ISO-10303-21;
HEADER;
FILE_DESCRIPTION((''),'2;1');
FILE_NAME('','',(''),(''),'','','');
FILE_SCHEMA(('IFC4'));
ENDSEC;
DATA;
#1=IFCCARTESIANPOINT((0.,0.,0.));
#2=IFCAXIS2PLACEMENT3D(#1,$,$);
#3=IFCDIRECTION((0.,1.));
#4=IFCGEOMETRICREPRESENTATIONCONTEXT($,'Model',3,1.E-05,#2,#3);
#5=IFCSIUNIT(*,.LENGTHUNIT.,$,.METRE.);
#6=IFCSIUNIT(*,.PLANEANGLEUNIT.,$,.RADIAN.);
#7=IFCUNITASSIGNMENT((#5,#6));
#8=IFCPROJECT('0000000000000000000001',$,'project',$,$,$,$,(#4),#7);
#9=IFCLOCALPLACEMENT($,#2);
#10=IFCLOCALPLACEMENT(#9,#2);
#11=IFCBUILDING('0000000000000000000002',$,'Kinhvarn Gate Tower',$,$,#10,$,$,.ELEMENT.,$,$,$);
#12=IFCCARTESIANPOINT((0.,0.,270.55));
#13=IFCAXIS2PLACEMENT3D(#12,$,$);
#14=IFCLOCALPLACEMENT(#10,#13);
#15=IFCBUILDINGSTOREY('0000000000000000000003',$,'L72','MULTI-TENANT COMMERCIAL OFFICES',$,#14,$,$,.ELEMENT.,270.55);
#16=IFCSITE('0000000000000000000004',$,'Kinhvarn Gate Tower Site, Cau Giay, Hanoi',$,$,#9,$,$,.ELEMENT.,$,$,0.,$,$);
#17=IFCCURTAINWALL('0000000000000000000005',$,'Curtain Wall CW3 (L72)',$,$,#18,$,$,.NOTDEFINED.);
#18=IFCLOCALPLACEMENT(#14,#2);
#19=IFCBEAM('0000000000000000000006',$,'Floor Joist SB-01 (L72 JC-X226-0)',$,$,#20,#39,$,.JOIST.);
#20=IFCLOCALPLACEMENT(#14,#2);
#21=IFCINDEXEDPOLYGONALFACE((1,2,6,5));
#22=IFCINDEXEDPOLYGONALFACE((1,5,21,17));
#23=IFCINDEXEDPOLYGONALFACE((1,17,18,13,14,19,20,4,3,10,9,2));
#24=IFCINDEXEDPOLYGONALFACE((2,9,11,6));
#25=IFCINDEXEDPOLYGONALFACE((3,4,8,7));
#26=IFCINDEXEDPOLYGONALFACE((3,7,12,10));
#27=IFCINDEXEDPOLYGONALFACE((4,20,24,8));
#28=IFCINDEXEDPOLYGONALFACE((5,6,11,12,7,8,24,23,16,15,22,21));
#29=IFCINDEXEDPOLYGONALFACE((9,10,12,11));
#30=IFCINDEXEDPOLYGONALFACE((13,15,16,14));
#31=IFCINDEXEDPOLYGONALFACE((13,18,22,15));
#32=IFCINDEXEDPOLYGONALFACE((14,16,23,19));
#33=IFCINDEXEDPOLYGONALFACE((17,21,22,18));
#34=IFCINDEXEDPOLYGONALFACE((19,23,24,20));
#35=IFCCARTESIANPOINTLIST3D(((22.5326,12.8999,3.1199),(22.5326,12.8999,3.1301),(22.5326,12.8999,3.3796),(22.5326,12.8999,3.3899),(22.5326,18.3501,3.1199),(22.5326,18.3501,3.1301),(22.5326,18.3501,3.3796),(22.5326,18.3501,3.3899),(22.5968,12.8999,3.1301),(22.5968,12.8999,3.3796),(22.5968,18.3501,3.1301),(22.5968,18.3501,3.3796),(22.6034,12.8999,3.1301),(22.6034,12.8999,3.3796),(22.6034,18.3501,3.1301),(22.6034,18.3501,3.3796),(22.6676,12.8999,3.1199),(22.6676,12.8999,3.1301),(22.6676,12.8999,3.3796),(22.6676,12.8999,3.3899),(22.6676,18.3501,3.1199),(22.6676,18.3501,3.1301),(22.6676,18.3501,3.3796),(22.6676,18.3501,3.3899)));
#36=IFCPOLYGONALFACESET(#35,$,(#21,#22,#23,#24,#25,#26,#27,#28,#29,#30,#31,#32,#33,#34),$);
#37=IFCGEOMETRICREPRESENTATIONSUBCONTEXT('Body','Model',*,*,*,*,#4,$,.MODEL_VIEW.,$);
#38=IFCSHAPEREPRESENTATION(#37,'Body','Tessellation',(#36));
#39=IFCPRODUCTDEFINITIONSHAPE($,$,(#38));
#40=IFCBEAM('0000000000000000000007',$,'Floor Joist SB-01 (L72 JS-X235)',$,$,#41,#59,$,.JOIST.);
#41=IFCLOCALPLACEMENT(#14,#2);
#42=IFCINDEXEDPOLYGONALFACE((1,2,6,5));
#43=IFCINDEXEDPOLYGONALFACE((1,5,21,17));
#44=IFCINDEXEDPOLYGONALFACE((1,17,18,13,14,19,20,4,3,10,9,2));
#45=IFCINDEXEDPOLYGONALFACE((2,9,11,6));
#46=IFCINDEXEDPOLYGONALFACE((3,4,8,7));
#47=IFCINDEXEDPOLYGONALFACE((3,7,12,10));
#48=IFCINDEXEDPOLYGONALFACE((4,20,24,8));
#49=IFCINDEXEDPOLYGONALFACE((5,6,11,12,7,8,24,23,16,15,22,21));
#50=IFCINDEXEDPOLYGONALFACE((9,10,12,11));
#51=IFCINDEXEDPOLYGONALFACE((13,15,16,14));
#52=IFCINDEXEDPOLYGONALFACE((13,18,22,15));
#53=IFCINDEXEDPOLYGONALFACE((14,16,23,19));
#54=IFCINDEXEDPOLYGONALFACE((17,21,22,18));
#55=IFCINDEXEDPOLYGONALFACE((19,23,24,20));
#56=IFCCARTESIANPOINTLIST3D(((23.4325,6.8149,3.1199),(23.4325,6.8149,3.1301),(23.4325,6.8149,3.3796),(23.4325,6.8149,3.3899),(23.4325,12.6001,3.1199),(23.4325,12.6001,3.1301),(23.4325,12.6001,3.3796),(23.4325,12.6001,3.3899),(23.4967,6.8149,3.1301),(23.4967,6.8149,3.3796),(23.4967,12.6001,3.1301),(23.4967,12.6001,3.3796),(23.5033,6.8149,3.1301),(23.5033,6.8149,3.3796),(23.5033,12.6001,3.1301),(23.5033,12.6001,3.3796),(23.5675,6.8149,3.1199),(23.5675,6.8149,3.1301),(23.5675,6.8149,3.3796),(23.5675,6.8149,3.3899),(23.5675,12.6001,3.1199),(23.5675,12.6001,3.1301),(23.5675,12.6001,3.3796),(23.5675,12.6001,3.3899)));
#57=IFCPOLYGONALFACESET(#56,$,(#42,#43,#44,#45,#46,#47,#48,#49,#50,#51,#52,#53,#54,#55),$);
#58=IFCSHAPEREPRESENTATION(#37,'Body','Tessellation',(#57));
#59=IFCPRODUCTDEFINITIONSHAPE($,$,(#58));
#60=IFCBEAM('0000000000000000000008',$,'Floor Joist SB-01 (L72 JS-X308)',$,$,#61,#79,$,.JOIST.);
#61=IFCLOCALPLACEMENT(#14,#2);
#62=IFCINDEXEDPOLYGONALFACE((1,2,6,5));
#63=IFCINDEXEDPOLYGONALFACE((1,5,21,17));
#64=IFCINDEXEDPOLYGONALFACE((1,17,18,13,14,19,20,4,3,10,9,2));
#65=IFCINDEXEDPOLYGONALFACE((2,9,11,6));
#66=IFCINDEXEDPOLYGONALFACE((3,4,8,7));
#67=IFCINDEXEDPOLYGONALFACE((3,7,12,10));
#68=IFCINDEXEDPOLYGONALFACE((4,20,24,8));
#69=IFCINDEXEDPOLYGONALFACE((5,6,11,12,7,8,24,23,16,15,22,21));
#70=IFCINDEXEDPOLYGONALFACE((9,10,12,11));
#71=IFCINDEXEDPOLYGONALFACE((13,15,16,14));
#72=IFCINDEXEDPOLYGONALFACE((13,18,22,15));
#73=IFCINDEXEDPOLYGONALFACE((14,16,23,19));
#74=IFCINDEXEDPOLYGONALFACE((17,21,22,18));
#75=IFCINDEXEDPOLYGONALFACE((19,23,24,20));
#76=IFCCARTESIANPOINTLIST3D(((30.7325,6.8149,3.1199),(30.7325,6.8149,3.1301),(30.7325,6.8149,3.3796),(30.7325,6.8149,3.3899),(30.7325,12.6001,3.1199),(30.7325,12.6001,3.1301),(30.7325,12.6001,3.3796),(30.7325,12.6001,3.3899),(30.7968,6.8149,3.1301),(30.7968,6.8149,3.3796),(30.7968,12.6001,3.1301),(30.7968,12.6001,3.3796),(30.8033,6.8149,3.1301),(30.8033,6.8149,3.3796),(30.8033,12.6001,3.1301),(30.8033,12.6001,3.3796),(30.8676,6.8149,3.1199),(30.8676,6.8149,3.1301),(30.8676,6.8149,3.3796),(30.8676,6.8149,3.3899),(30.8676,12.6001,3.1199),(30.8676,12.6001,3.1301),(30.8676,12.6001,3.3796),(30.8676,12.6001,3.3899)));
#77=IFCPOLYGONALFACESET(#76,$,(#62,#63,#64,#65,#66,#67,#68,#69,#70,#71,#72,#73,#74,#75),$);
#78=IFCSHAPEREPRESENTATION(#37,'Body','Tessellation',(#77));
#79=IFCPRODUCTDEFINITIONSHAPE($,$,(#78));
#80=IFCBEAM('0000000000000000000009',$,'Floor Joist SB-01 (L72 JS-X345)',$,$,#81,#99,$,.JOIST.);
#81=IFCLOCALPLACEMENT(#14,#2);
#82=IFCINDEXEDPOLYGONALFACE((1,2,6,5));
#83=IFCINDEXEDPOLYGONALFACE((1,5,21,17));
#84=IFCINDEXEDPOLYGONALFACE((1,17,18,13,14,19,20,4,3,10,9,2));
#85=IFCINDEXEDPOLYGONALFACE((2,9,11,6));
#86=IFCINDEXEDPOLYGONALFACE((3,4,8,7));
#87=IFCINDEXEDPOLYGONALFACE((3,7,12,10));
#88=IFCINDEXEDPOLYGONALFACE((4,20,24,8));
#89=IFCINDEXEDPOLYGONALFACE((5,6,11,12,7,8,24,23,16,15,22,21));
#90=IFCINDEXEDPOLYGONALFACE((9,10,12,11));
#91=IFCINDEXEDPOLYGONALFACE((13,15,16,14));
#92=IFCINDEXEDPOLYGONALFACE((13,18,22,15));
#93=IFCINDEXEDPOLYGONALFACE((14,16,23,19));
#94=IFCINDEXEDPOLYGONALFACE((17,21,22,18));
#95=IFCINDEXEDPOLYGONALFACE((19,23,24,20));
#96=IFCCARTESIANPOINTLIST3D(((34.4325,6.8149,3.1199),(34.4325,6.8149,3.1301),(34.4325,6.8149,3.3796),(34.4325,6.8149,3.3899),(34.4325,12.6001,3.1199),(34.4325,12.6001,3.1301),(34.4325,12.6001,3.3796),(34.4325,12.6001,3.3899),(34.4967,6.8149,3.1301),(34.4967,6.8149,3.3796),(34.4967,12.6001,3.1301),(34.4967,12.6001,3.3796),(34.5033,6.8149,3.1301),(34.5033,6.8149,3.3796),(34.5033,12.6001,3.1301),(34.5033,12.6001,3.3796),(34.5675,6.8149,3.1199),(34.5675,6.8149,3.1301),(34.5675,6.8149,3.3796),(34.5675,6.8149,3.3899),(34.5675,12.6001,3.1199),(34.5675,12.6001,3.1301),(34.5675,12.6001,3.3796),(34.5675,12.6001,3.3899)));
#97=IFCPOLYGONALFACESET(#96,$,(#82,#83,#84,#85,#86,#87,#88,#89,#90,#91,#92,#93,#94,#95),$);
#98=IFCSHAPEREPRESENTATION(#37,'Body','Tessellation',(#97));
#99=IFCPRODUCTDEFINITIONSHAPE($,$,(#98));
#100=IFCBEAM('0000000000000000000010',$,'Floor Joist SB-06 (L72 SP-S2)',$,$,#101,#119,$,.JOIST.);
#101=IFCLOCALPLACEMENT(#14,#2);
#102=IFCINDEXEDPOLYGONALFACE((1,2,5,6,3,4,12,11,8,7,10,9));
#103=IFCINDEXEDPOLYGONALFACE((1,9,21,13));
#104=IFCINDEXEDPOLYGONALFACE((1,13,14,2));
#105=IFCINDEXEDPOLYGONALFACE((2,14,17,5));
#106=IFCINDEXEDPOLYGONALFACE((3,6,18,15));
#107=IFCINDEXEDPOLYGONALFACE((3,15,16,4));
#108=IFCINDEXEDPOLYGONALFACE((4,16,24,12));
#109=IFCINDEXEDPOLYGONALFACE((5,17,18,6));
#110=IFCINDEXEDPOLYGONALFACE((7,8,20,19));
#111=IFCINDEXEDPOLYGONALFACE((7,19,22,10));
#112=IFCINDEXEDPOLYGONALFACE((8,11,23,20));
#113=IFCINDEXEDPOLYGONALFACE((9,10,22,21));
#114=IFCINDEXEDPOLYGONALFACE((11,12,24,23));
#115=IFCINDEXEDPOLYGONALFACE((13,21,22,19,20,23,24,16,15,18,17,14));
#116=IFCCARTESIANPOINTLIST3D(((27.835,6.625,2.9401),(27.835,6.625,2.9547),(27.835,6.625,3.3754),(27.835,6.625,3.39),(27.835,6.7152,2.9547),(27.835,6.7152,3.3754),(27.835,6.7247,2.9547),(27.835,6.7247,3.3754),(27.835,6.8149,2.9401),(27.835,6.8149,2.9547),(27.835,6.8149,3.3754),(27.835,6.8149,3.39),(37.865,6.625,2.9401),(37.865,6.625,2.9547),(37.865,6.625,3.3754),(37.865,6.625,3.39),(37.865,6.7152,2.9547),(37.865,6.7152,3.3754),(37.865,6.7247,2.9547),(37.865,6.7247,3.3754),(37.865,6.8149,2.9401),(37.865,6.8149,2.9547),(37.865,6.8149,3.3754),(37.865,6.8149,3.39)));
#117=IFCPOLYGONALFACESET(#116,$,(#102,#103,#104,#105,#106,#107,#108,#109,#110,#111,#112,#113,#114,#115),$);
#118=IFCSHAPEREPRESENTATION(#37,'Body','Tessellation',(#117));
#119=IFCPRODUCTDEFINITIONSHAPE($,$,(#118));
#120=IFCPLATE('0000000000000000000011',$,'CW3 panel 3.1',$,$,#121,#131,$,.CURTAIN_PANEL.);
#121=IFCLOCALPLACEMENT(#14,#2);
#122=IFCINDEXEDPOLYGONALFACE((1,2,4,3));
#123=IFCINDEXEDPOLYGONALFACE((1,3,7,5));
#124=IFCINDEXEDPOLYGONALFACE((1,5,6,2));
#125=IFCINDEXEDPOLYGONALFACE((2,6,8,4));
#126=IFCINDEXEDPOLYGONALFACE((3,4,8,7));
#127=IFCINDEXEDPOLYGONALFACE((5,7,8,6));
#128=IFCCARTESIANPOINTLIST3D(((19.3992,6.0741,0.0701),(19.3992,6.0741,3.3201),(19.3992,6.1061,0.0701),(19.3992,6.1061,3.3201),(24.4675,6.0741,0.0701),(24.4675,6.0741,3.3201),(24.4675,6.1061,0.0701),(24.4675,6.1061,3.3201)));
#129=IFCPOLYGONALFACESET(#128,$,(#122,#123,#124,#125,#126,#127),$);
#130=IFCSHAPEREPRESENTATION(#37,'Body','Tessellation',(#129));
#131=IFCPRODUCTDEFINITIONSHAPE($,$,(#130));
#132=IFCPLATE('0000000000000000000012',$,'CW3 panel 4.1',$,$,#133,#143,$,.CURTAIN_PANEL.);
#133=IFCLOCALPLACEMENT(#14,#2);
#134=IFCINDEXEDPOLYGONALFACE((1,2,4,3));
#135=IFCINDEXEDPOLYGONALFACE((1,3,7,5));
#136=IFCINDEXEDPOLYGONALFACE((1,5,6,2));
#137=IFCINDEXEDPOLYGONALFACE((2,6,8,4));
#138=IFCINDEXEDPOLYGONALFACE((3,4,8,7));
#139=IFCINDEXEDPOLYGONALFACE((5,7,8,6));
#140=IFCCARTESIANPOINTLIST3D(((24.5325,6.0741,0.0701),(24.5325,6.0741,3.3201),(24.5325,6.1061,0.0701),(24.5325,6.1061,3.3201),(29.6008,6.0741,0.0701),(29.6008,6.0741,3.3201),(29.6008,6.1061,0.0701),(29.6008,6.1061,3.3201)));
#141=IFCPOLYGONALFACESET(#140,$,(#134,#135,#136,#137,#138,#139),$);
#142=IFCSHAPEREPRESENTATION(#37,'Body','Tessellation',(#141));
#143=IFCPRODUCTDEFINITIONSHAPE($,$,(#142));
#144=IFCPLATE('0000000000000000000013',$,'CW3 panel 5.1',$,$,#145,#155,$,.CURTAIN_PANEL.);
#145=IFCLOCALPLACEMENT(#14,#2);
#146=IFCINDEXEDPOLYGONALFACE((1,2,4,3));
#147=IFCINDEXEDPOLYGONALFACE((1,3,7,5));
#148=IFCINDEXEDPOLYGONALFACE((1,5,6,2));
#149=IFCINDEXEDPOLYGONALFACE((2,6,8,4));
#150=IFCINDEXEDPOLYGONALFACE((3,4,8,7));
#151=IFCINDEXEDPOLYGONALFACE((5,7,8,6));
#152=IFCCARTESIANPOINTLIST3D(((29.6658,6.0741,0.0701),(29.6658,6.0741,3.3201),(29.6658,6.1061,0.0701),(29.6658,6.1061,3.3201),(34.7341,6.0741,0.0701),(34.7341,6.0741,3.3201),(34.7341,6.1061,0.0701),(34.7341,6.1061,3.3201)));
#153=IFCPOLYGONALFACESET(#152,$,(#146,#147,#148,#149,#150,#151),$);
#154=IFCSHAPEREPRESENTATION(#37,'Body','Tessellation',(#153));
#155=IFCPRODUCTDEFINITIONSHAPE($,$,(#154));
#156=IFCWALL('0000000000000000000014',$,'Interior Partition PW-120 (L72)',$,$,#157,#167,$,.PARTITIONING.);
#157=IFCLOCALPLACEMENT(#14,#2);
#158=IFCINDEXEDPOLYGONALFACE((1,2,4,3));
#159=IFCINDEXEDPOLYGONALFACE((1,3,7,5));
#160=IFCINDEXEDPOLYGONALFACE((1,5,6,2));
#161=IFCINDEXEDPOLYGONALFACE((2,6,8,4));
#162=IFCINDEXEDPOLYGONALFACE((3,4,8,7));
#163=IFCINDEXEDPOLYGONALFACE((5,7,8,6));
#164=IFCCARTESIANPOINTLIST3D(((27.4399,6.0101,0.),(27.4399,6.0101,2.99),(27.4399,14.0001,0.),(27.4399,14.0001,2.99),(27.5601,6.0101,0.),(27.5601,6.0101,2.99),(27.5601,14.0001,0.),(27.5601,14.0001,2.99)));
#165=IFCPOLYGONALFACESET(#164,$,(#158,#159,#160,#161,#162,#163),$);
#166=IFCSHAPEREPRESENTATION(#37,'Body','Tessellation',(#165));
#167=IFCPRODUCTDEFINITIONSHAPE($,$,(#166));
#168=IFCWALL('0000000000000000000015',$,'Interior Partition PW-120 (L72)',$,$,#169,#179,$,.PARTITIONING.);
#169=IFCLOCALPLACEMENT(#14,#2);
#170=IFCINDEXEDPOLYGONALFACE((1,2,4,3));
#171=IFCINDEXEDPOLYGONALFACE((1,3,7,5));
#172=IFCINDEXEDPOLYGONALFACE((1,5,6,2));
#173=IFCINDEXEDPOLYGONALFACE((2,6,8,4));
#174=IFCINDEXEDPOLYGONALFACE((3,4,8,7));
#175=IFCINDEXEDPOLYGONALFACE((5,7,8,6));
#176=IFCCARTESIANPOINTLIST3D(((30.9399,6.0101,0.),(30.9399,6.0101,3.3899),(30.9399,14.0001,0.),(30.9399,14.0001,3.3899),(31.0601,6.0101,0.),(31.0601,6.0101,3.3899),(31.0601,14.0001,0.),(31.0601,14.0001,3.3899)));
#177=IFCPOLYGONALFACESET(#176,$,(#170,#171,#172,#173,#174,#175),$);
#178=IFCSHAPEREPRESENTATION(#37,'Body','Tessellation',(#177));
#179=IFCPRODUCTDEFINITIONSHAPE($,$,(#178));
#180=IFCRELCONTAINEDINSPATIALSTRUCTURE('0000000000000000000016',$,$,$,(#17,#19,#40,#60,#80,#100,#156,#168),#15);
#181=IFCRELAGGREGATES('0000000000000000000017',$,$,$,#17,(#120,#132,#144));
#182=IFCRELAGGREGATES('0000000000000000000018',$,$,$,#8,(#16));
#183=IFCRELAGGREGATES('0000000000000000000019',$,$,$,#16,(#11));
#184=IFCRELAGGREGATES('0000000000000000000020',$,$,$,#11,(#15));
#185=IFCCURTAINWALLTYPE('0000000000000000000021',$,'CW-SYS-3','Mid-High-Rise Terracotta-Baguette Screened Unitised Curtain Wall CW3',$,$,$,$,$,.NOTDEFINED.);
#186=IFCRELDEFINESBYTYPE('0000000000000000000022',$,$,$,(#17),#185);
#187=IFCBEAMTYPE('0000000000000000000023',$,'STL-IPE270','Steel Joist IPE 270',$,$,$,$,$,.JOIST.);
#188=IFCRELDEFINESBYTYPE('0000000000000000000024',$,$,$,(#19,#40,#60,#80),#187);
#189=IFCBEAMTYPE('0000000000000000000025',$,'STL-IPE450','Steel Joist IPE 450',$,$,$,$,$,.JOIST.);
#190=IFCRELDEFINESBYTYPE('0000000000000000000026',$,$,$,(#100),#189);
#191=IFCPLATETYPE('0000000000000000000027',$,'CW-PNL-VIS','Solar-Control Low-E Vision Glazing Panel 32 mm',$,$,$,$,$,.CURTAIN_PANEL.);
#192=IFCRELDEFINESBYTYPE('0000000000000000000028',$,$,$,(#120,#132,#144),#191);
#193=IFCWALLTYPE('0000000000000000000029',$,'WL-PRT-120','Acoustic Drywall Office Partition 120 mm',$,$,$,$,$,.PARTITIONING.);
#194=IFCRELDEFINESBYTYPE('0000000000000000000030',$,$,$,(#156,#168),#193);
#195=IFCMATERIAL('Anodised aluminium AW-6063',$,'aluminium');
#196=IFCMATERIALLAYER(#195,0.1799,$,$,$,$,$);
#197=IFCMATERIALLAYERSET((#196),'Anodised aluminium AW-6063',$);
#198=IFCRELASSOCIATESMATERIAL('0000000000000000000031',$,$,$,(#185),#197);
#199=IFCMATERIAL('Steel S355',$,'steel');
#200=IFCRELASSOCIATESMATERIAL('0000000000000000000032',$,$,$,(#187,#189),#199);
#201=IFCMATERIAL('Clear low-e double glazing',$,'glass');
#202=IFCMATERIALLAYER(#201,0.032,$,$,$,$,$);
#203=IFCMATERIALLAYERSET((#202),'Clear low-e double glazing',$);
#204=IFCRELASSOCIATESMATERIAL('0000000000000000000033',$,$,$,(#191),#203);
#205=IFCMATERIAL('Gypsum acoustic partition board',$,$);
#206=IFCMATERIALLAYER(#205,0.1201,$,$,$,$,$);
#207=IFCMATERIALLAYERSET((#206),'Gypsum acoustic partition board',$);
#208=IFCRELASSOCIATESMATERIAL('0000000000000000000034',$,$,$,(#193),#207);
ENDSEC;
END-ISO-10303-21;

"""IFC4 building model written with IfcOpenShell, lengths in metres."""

from ifc_helpers import new_model, si_unit, direction, frame, frame_2d, origin, origin_2d, place, context, subcontext, project, spatial, rectangle, i_section, extrude, material, layer, layer_set, material_profile, profile_set, type_object, element, aggregate, save


model = new_model("IFC4")

# Units and contexts
model_context = context("Model", 3, precision=1e-05, world=origin(), true_north=direction((0.0, 1.0)))
body_context = subcontext(model_context, "Body", "Model", "MODEL_VIEW")
ifc_project = project(units=[si_unit("LENGTHUNIT", "METRE"), si_unit("PLANEANGLEUNIT", "RADIAN")], contexts=[model_context])

# Site, building, storey
site_placement = place(None, origin())
site = spatial("IfcSite", under=ifc_project, at=site_placement, Name="Kinhvarn Gate Tower Site, Cau Giay, Hanoi", CompositionType="ELEMENT", RefElevation=0.0)
building_placement = place(site_placement, origin())
building = spatial("IfcBuilding", under=site, at=building_placement, Name="Kinhvarn Gate Tower", CompositionType="ELEMENT")
storey_placement = place(building_placement, frame((0.0, 0.0, 270.55)))
storey = spatial("IfcBuildingStorey", under=building, at=storey_placement, Name="L72", Description="MULTI-TENANT COMMERCIAL OFFICES", CompositionType="ELEMENT", Elevation=270.55)

# Curtain wall
ifc_material_1 = material(Name="Anodised aluminium AW-6063", Category="aluminium")
ifc_layer_1 = layer(ifc_material_1, 0.1799)
ifc_layer_set_1 = layer_set([ifc_layer_1], Name="Anodised aluminium AW-6063")
curtain_wall_type = type_object("IfcCurtainWallType", Name="CW-SYS-3", Description="Mid-High-Rise Terracotta-Baguette Screened Unitised Curtain Wall CW3", PredefinedType="NOTDEFINED", material=ifc_layer_set_1)
curtain_wall_placement = place(storey_placement, origin())
curtain_wall = element("IfcCurtainWall", 1, at=curtain_wall_placement, inside=storey, type_object=curtain_wall_type, Name="Curtain Wall CW3 (L72)", PredefinedType="NOTDEFINED")

# Beams
ifc_material_2 = material(Name="Steel S355", Category="steel")
ifc_material_profile_1 = material_profile(ifc_material_2, i_section(OverallWidth=0.135, OverallDepth=0.27, WebThickness=0.0066, FlangeThickness=0.0103, at=origin_2d()), Name="IPE 270")
ifc_profile_set_1 = profile_set([ifc_material_profile_1], Name="Steel S355")
beam_type_1 = type_object("IfcBeamType", Name="STL-IPE270", Description="Steel Joist IPE 270", PredefinedType="JOIST", material=ifc_profile_set_1)
for number, where, z_axis, x_axis, name in (
    (2, (22.6001, 12.8999, 3.2549), (0.0, 1.0, 0.0), (-1.0, 0.0, 0.0), "Floor Joist SB-01 (L72 JC-X226-0)"),
):
    element("IfcBeam", number, at=place(storey_placement, frame(where, z_axis=z_axis, x_axis=x_axis)), inside=storey, type_object=beam_type_1, Name=name, PredefinedType="JOIST", context=body_context, shape_type="SweptSolid", body=[
        extrude(i_section(OverallWidth=0.135, OverallDepth=0.27, WebThickness=0.0066, FlangeThickness=0.0103, at=origin_2d()), origin(), (0.0, 0.0, 1.0), 5.4502),
    ])
for number, where, z_axis, x_axis, name in (
    (3, (23.5, 6.8149, 3.2549), (0.0, 1.0, 0.0), (-1.0, 0.0, 0.0), "Floor Joist SB-01 (L72 JS-X235)"),
    (4, (30.8, 6.8149, 3.2549), (0.0, 1.0, 0.0), (-1.0, 0.0, 0.0), "Floor Joist SB-01 (L72 JS-X308)"),
    (5, (34.5, 6.8149, 3.2549), (0.0, 1.0, 0.0), (-1.0, 0.0, 0.0), "Floor Joist SB-01 (L72 JS-X345)"),
):
    element("IfcBeam", number, at=place(storey_placement, frame(where, z_axis=z_axis, x_axis=x_axis)), inside=storey, type_object=beam_type_1, Name=name, PredefinedType="JOIST", context=body_context, shape_type="SweptSolid", body=[
        extrude(i_section(OverallWidth=0.135, OverallDepth=0.27, WebThickness=0.0066, FlangeThickness=0.0103, at=origin_2d()), origin(), (0.0, 0.0, 1.0), 5.7852),
    ])
ifc_material_profile_2 = material_profile(ifc_material_2, i_section(OverallWidth=0.1899, OverallDepth=0.45, WebThickness=0.0095, FlangeThickness=0.0146, at=origin_2d()), Name="IPE 450")
ifc_profile_set_2 = profile_set([ifc_material_profile_2], Name="Steel S355")
beam_type_2 = type_object("IfcBeamType", Name="STL-IPE450", Description="Steel Joist IPE 450", PredefinedType="JOIST", material=ifc_profile_set_2)
beam_1_placement = place(storey_placement, frame((27.835, 6.72, 3.165), z_axis=(1.0, 0.0, 0.0), x_axis=(0.0, 1.0, 0.0)))
element("IfcBeam", 6, at=beam_1_placement, inside=storey, type_object=beam_type_2, Name="Floor Joist SB-06 (L72 SP-S2)", PredefinedType="JOIST", context=body_context, shape_type="SweptSolid", body=[
    extrude(i_section(OverallWidth=0.1899, OverallDepth=0.45, WebThickness=0.0095, FlangeThickness=0.0146, at=origin_2d()), origin(), (0.0, 0.0, 1.0), 10.03),
])

# Plates
ifc_material_3 = material(Name="Clear low-e double glazing", Category="glass")
ifc_layer_2 = layer(ifc_material_3, 0.032)
ifc_layer_set_2 = layer_set([ifc_layer_2], Name="Clear low-e double glazing")
plate_type = type_object("IfcPlateType", Name="CW-PNL-VIS", Description="Solar-Control Low-E Vision Glazing Panel 32 mm", PredefinedType="CURTAIN_PANEL", material=ifc_layer_set_2)
plate_1_placement = place(storey_placement, frame((21.9333, 6.0901, 0.0701), z_axis=(0.0, 0.0, 1.0), x_axis=(1.0, 0.0, 0.0)))
plate_1 = element("IfcPlate", 7, at=plate_1_placement, type_object=plate_type, Name="CW3 panel 3.1", PredefinedType="CURTAIN_PANEL", context=body_context, shape_type="SweptSolid", body=[
    extrude(rectangle(XDim=5.0684, YDim=0.032, at=origin_2d()), origin(), (0.0, 0.0, 1.0), 3.25),
])
plate_2_placement = place(storey_placement, frame((27.0667, 6.0901, 0.0701), z_axis=(0.0, 0.0, 1.0), x_axis=(1.0, 0.0, 0.0)))
plate_2 = element("IfcPlate", 8, at=plate_2_placement, type_object=plate_type, Name="CW3 panel 4.1", PredefinedType="CURTAIN_PANEL", context=body_context, shape_type="SweptSolid", body=[
    extrude(rectangle(XDim=5.0684, YDim=0.032, at=origin_2d()), origin(), (0.0, 0.0, 1.0), 3.25),
])
plate_3_placement = place(storey_placement, frame((32.2, 6.0901, 0.0701), z_axis=(0.0, 0.0, 1.0), x_axis=(1.0, 0.0, 0.0)))
plate_3 = element("IfcPlate", 9, at=plate_3_placement, type_object=plate_type, Name="CW3 panel 5.1", PredefinedType="CURTAIN_PANEL", context=body_context, shape_type="SweptSolid", body=[
    extrude(rectangle(XDim=5.0684, YDim=0.032, at=origin_2d()), origin(), (0.0, 0.0, 1.0), 3.25),
])
aggregate(curtain_wall, [plate_1, plate_2, plate_3])

# Walls
ifc_material_4 = material(Name="Gypsum acoustic partition board")
ifc_layer_3 = layer(ifc_material_4, 0.1201)
ifc_layer_set_3 = layer_set([ifc_layer_3], Name="Gypsum acoustic partition board")
wall_type = type_object("IfcWallType", Name="WL-PRT-120", Description="Acoustic Drywall Office Partition 120 mm", PredefinedType="PARTITIONING", material=ifc_layer_set_3)
wall_1_placement = place(storey_placement, frame((27.5, 6.01, 0.0), z_axis=(0.0, 0.0, 1.0), x_axis=(0.0, 1.0, 0.0)))
element("IfcWall", 10, at=wall_1_placement, inside=storey, type_object=wall_type, Name="Interior Partition PW-120 (L72)", PredefinedType="PARTITIONING", context=body_context, shape_type="SweptSolid", body=[
    extrude(rectangle(XDim=7.99, YDim=0.1201, at=frame_2d((3.9951, 0.0))), origin(), (0.0, 0.0, 1.0), 2.99),
])
wall_2_placement = place(storey_placement, frame((31.0, 6.01, 0.0), z_axis=(0.0, 0.0, 1.0), x_axis=(0.0, 1.0, 0.0)))
element("IfcWall", 11, at=wall_2_placement, inside=storey, type_object=wall_type, Name="Interior Partition PW-120 (L72)", PredefinedType="PARTITIONING", context=body_context, shape_type="SweptSolid", body=[
    extrude(rectangle(XDim=7.99, YDim=0.1201, at=frame_2d((3.9951, 0.0))), origin(), (0.0, 0.0, 1.0), 3.3899),
])

save(model, "model.ifc")
